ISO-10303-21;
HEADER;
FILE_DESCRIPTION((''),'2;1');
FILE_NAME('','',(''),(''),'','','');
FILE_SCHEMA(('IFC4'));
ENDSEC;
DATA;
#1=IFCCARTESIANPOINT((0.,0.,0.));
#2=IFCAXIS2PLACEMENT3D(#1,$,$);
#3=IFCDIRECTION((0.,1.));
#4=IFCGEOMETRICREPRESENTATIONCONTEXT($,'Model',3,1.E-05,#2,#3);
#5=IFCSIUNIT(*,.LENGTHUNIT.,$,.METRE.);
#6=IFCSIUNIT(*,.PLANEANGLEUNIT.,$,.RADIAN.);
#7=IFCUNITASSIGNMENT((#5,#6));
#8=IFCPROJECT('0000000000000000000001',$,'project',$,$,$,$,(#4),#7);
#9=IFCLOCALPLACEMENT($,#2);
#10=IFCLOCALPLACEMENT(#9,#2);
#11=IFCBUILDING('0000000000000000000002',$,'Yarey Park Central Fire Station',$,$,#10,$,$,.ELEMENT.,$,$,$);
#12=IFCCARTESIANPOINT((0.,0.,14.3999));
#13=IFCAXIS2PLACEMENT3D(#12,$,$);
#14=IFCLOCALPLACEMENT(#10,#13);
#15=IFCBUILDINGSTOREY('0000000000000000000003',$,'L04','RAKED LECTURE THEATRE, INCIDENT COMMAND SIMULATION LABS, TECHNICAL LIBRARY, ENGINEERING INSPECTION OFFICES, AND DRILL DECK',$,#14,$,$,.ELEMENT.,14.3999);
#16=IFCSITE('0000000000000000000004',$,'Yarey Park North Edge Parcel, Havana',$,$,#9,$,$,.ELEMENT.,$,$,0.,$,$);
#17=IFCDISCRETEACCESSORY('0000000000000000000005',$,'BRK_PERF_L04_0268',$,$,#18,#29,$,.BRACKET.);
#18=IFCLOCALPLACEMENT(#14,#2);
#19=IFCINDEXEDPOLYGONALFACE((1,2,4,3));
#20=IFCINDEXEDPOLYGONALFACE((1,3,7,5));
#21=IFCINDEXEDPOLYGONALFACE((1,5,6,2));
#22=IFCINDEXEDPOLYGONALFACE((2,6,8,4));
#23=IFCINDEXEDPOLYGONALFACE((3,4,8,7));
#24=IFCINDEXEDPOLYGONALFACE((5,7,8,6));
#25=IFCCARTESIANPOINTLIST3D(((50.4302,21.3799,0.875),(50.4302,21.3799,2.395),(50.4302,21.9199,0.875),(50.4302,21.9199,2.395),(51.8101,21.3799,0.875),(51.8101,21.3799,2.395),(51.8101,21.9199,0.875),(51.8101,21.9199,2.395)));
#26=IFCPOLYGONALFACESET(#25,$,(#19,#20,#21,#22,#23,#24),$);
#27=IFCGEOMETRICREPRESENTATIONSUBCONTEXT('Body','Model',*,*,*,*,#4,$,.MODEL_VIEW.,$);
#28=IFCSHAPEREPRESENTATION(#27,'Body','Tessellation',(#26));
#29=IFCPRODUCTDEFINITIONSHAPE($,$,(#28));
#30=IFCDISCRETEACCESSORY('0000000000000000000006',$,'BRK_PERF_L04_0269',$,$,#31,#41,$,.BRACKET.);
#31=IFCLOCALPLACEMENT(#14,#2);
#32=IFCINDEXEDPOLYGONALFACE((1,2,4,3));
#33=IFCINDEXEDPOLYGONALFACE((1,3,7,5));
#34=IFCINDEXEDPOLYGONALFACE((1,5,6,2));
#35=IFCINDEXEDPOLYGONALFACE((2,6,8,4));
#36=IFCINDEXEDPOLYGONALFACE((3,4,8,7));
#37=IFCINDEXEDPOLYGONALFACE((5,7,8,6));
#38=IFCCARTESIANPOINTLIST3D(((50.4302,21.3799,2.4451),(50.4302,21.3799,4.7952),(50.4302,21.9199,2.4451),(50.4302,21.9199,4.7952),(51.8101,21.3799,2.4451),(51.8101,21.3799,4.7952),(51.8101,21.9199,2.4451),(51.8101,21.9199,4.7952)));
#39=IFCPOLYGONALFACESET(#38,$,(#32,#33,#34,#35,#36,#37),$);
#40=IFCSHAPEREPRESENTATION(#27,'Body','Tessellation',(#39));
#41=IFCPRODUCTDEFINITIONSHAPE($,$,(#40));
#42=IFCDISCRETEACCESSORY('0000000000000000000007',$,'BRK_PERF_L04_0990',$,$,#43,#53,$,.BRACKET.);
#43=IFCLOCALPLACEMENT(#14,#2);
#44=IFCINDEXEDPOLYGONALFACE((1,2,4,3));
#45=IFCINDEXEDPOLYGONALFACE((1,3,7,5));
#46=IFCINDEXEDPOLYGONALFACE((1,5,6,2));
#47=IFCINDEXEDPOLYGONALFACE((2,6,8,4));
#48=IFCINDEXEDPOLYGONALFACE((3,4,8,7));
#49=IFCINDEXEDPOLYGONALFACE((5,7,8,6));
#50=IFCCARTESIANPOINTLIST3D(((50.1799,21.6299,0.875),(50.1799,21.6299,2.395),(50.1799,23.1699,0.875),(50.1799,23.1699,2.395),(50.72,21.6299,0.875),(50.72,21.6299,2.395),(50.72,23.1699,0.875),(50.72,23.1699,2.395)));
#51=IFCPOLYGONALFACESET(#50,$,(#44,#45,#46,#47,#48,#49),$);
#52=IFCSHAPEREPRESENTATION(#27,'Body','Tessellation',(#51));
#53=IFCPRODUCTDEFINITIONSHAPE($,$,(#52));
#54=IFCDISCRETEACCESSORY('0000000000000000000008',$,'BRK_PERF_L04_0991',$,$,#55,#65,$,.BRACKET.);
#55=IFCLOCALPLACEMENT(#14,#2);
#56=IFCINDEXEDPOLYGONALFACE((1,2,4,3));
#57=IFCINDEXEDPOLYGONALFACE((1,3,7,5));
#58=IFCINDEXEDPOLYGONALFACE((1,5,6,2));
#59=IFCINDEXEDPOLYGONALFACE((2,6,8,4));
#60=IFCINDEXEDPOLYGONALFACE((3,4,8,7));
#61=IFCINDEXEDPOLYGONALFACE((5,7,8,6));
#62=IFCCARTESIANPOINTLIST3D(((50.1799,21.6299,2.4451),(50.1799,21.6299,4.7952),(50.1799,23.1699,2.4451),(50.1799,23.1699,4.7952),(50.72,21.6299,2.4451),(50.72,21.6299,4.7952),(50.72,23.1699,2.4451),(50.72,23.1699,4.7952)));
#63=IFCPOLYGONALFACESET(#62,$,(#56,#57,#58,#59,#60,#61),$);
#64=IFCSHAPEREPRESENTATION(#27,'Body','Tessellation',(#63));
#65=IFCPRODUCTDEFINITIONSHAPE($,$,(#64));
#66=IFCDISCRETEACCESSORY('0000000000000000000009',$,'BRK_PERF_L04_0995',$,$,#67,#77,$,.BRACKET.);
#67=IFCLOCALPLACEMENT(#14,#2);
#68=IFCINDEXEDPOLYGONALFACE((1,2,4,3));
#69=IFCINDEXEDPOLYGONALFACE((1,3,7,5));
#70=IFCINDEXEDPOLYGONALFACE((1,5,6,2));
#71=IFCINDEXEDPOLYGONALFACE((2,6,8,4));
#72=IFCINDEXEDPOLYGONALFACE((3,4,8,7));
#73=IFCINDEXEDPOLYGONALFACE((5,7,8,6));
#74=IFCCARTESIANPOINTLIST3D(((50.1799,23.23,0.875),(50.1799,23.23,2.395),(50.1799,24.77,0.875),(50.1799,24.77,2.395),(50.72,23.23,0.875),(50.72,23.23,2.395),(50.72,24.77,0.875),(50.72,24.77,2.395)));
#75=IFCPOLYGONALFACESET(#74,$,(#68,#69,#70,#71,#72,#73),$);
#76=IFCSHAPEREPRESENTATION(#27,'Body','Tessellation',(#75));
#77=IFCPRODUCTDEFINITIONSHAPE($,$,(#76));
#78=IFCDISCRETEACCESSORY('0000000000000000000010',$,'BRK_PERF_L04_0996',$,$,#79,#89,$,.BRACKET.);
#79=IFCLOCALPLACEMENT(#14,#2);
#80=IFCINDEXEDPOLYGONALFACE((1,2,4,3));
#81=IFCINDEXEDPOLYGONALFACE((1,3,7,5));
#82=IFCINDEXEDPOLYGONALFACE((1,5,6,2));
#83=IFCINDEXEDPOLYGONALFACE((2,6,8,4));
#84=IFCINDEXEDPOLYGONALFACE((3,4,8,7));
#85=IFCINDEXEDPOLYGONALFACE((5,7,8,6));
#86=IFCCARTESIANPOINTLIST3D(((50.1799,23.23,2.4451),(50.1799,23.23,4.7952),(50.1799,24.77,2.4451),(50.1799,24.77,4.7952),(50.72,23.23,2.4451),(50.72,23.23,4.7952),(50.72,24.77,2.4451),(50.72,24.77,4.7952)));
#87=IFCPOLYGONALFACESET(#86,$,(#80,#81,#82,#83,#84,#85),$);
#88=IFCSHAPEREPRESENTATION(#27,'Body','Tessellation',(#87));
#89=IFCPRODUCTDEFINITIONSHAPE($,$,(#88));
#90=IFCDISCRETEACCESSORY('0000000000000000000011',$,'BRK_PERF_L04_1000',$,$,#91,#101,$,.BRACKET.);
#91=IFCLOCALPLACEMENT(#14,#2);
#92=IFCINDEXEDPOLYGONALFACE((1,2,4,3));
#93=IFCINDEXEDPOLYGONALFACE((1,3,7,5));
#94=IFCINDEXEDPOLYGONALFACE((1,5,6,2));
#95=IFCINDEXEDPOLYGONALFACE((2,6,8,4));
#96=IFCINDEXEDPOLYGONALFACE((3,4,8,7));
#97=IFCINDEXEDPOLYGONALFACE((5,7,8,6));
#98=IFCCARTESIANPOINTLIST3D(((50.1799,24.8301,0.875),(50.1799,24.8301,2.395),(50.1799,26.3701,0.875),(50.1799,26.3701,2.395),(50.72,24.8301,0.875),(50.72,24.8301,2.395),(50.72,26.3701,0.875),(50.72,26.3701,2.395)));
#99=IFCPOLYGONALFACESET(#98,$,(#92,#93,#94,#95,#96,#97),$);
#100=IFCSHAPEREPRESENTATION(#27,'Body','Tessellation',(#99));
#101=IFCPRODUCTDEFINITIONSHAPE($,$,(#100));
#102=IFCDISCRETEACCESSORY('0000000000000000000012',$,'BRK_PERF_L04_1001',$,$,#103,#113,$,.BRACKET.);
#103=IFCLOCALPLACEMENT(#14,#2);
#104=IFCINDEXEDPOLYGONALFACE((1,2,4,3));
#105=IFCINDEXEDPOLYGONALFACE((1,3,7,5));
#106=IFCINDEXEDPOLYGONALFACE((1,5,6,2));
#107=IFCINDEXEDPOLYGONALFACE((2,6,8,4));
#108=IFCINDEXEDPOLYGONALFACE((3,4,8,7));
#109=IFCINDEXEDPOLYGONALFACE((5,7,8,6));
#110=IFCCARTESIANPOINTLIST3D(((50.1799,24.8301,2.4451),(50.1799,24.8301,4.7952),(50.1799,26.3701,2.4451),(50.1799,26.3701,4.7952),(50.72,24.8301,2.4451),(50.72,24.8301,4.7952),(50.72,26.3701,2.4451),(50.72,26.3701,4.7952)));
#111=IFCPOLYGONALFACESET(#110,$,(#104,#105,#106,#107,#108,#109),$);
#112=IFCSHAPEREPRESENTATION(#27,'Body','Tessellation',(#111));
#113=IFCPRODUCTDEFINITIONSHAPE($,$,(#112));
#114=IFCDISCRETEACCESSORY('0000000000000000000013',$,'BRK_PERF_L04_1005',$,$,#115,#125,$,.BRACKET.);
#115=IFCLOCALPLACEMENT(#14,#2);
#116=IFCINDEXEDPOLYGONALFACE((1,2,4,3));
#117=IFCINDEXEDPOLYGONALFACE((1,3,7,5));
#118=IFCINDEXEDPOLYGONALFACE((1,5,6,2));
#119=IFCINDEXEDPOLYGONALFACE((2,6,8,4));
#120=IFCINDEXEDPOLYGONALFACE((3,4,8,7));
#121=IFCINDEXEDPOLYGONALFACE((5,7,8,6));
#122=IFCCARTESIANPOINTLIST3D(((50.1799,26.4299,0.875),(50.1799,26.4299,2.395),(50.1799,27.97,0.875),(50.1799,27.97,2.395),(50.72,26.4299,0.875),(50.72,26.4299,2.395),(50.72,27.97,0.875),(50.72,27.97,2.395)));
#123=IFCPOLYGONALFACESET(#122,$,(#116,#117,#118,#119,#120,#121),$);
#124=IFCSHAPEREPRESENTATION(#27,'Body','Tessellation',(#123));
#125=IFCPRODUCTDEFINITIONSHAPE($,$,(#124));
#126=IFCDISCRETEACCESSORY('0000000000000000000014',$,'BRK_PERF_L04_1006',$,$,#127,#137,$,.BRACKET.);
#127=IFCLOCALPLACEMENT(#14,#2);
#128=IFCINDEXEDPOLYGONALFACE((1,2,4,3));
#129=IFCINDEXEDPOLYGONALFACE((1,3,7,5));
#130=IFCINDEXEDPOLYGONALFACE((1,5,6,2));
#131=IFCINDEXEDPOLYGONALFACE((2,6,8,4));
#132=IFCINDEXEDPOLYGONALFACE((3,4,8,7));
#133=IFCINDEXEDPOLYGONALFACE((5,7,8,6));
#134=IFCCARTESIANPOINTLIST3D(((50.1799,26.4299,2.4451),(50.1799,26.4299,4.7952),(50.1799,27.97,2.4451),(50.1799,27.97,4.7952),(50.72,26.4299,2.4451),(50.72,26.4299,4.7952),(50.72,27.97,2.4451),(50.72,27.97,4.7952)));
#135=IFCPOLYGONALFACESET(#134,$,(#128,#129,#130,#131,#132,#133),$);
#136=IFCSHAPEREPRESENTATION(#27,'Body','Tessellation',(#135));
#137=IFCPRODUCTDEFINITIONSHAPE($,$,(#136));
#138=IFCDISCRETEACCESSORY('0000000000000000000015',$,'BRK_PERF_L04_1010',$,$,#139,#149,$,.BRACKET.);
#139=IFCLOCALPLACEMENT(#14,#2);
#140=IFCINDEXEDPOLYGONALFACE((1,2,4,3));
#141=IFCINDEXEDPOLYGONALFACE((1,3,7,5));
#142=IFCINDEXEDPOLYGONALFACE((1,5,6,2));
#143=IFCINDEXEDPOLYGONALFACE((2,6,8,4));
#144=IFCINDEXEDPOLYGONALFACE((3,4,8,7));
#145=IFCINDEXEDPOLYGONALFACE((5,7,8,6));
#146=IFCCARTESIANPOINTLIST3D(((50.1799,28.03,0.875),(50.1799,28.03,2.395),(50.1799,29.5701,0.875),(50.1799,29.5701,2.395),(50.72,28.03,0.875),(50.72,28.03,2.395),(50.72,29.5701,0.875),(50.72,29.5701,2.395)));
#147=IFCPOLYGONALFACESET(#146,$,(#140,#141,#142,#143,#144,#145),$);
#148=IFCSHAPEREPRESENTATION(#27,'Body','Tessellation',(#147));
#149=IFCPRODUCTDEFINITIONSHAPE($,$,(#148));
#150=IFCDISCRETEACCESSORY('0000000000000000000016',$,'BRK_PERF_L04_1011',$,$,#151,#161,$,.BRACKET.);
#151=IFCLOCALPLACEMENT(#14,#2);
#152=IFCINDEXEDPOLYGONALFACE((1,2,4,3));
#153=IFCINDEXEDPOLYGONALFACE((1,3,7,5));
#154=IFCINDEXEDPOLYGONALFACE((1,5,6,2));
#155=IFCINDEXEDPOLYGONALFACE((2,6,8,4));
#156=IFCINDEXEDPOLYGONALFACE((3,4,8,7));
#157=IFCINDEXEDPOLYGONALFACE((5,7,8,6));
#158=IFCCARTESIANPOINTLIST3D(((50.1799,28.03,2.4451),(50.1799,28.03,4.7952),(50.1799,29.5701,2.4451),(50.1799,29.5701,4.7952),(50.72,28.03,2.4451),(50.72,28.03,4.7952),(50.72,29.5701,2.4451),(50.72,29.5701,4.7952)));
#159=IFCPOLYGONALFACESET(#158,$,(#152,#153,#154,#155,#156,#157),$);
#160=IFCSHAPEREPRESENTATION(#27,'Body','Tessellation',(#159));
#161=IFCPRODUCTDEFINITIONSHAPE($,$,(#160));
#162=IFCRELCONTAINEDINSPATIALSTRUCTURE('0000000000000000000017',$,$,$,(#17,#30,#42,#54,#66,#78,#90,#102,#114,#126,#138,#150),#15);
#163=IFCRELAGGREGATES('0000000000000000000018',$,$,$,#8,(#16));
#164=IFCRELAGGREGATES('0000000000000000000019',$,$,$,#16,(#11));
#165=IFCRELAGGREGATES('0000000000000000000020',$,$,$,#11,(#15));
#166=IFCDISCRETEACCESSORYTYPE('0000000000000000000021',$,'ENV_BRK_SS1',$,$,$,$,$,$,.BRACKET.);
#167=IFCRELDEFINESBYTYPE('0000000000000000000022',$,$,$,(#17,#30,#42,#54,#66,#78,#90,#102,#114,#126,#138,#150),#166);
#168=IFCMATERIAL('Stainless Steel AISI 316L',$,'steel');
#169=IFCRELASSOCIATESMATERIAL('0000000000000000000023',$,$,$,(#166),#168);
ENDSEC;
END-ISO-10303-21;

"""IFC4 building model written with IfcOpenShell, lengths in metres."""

from ifc_helpers import new_model, si_unit, direction, frame, origin, origin_2d, place, context, subcontext, project, spatial, rectangle, extrude, material, type_object, element, save


model = new_model("IFC4")

# Units and contexts
model_context = context("Model", 3, precision=1e-05, world=origin(), true_north=direction((0.0, 1.0)))
body_context = subcontext(model_context, "Body", "Model", "MODEL_VIEW")
ifc_project = project(units=[si_unit("LENGTHUNIT", "METRE"), si_unit("PLANEANGLEUNIT", "RADIAN")], contexts=[model_context])

# Site, building, storey
site_placement = place(None, origin())
site = spatial("IfcSite", under=ifc_project, at=site_placement, Name="Yarey Park North Edge Parcel, Havana", CompositionType="ELEMENT", RefElevation=0.0)
building_placement = place(site_placement, origin())
building = spatial("IfcBuilding", under=site, at=building_placement, Name="Yarey Park Central Fire Station", CompositionType="ELEMENT")
storey_placement = place(building_placement, frame((0.0, 0.0, 14.3999)))
storey = spatial("IfcBuildingStorey", under=building, at=storey_placement, Name="L04", Description="RAKED LECTURE THEATRE, INCIDENT COMMAND SIMULATION LABS, TECHNICAL LIBRARY, ENGINEERING INSPECTION OFFICES, AND DRILL DECK", CompositionType="ELEMENT", Elevation=14.3999)

# Discrete accessories
ifc_material_1 = material(Name="Stainless Steel AISI 316L", Category="steel")
discrete_accessory_type = type_object("IfcDiscreteAccessoryType", Name="ENV_BRK_SS1", PredefinedType="BRACKET", material=ifc_material_1)
discrete_accessory_1_placement = place(storey_placement, frame((51.1201, 21.6499, 0.875), z_axis=(0.0, 0.0, 1.0), x_axis=(1.0, 0.0, 0.0)))
element("IfcDiscreteAccessory", 1, at=discrete_accessory_1_placement, inside=storey, type_object=discrete_accessory_type, Name="BRK_PERF_L04_0268", PredefinedType="BRACKET", context=body_context, shape_type="SweptSolid", body=[
    extrude(rectangle(XDim=1.3799, YDim=0.54, at=origin_2d()), origin(), (0.0, 0.0, 1.0), 1.52),
])
discrete_accessory_2_placement = place(storey_placement, frame((51.1201, 21.6499, 2.4451), z_axis=(0.0, 0.0, 1.0), x_axis=(1.0, 0.0, 0.0)))
element("IfcDiscreteAccessory", 2, at=discrete_accessory_2_placement, inside=storey, type_object=discrete_accessory_type, Name="BRK_PERF_L04_0269", PredefinedType="BRACKET", context=body_context, shape_type="SweptSolid", body=[
    extrude(rectangle(XDim=1.3799, YDim=0.54, at=origin_2d()), origin(), (0.0, 0.0, 1.0), 2.3501),
])
discrete_accessory_3_placement = place(storey_placement, frame((50.45, 22.3999, 0.875), z_axis=(0.0, 0.0, 1.0), x_axis=(1.0, 0.0, 0.0)))
element("IfcDiscreteAccessory", 3, at=discrete_accessory_3_placement, inside=storey, type_object=discrete_accessory_type, Name="BRK_PERF_L04_0990", PredefinedType="BRACKET", context=body_context, shape_type="SweptSolid", body=[
    extrude(rectangle(XDim=0.54, YDim=1.54, at=origin_2d()), origin(), (0.0, 0.0, 1.0), 1.52),
])
discrete_accessory_4_placement = place(storey_placement, frame((50.45, 22.3999, 2.4451), z_axis=(0.0, 0.0, 1.0), x_axis=(1.0, 0.0, 0.0)))
element("IfcDiscreteAccessory", 4, at=discrete_accessory_4_placement, inside=storey, type_object=discrete_accessory_type, Name="BRK_PERF_L04_0991", PredefinedType="BRACKET", context=body_context, shape_type="SweptSolid", body=[
    extrude(rectangle(XDim=0.54, YDim=1.54, at=origin_2d()), origin(), (0.0, 0.0, 1.0), 2.3501),
])
discrete_accessory_5_placement = place(storey_placement, frame((50.45, 24.0, 0.875), z_axis=(0.0, 0.0, 1.0), x_axis=(1.0, 0.0, 0.0)))
element("IfcDiscreteAccessory", 5, at=discrete_accessory_5_placement, inside=storey, type_object=discrete_accessory_type, Name="BRK_PERF_L04_0995", PredefinedType="BRACKET", context=body_context, shape_type="SweptSolid", body=[
    extrude(rectangle(XDim=0.54, YDim=1.54, at=origin_2d()), origin(), (0.0, 0.0, 1.0), 1.52),
])
discrete_accessory_6_placement = place(storey_placement, frame((50.45, 24.0, 2.4451), z_axis=(0.0, 0.0, 1.0), x_axis=(1.0, 0.0, 0.0)))
element("IfcDiscreteAccessory", 6, at=discrete_accessory_6_placement, inside=storey, type_object=discrete_accessory_type, Name="BRK_PERF_L04_0996", PredefinedType="BRACKET", context=body_context, shape_type="SweptSolid", body=[
    extrude(rectangle(XDim=0.54, YDim=1.54, at=origin_2d()), origin(), (0.0, 0.0, 1.0), 2.3501),
])
discrete_accessory_7_placement = place(storey_placement, frame((50.45, 25.6001, 0.875), z_axis=(0.0, 0.0, 1.0), x_axis=(1.0, 0.0, 0.0)))
element("IfcDiscreteAccessory", 7, at=discrete_accessory_7_placement, inside=storey, type_object=discrete_accessory_type, Name="BRK_PERF_L04_1000", PredefinedType="BRACKET", context=body_context, shape_type="SweptSolid", body=[
    extrude(rectangle(XDim=0.54, YDim=1.54, at=origin_2d()), origin(), (0.0, 0.0, 1.0), 1.52),
])
discrete_accessory_8_placement = place(storey_placement, frame((50.45, 25.6001, 2.4451), z_axis=(0.0, 0.0, 1.0), x_axis=(1.0, 0.0, 0.0)))
element("IfcDiscreteAccessory", 8, at=discrete_accessory_8_placement, inside=storey, type_object=discrete_accessory_type, Name="BRK_PERF_L04_1001", PredefinedType="BRACKET", context=body_context, shape_type="SweptSolid", body=[
    extrude(rectangle(XDim=0.54, YDim=1.54, at=origin_2d()), origin(), (0.0, 0.0, 1.0), 2.3501),
])
discrete_accessory_9_placement = place(storey_placement, frame((50.45, 27.2, 0.875), z_axis=(0.0, 0.0, 1.0), x_axis=(1.0, 0.0, 0.0)))
element("IfcDiscreteAccessory", 9, at=discrete_accessory_9_placement, inside=storey, type_object=discrete_accessory_type, Name="BRK_PERF_L04_1005", PredefinedType="BRACKET", context=body_context, shape_type="SweptSolid", body=[
    extrude(rectangle(XDim=0.54, YDim=1.54, at=origin_2d()), origin(), (0.0, 0.0, 1.0), 1.52),
])
discrete_accessory_10_placement = place(storey_placement, frame((50.45, 27.2, 2.4451), z_axis=(0.0, 0.0, 1.0), x_axis=(1.0, 0.0, 0.0)))
element("IfcDiscreteAccessory", 10, at=discrete_accessory_10_placement, inside=storey, type_object=discrete_accessory_type, Name="BRK_PERF_L04_1006", PredefinedType="BRACKET", context=body_context, shape_type="SweptSolid", body=[
    extrude(rectangle(XDim=0.54, YDim=1.54, at=origin_2d()), origin(), (0.0, 0.0, 1.0), 2.3501),
])
discrete_accessory_11_placement = place(storey_placement, frame((50.45, 28.8, 0.875), z_axis=(0.0, 0.0, 1.0), x_axis=(1.0, 0.0, 0.0)))
element("IfcDiscreteAccessory", 11, at=discrete_accessory_11_placement, inside=storey, type_object=discrete_accessory_type, Name="BRK_PERF_L04_1010", PredefinedType="BRACKET", context=body_context, shape_type="SweptSolid", body=[
    extrude(rectangle(XDim=0.54, YDim=1.54, at=origin_2d()), origin(), (0.0, 0.0, 1.0), 1.52),
])
discrete_accessory_12_placement = place(storey_placement, frame((50.45, 28.8, 2.4451), z_axis=(0.0, 0.0, 1.0), x_axis=(1.0, 0.0, 0.0)))
element("IfcDiscreteAccessory", 12, at=discrete_accessory_12_placement, inside=storey, type_object=discrete_accessory_type, Name="BRK_PERF_L04_1011", PredefinedType="BRACKET", context=body_context, shape_type="SweptSolid", body=[
    extrude(rectangle(XDim=0.54, YDim=1.54, at=origin_2d()), origin(), (0.0, 0.0, 1.0), 2.3501),
])

save(model, "model.ifc")
